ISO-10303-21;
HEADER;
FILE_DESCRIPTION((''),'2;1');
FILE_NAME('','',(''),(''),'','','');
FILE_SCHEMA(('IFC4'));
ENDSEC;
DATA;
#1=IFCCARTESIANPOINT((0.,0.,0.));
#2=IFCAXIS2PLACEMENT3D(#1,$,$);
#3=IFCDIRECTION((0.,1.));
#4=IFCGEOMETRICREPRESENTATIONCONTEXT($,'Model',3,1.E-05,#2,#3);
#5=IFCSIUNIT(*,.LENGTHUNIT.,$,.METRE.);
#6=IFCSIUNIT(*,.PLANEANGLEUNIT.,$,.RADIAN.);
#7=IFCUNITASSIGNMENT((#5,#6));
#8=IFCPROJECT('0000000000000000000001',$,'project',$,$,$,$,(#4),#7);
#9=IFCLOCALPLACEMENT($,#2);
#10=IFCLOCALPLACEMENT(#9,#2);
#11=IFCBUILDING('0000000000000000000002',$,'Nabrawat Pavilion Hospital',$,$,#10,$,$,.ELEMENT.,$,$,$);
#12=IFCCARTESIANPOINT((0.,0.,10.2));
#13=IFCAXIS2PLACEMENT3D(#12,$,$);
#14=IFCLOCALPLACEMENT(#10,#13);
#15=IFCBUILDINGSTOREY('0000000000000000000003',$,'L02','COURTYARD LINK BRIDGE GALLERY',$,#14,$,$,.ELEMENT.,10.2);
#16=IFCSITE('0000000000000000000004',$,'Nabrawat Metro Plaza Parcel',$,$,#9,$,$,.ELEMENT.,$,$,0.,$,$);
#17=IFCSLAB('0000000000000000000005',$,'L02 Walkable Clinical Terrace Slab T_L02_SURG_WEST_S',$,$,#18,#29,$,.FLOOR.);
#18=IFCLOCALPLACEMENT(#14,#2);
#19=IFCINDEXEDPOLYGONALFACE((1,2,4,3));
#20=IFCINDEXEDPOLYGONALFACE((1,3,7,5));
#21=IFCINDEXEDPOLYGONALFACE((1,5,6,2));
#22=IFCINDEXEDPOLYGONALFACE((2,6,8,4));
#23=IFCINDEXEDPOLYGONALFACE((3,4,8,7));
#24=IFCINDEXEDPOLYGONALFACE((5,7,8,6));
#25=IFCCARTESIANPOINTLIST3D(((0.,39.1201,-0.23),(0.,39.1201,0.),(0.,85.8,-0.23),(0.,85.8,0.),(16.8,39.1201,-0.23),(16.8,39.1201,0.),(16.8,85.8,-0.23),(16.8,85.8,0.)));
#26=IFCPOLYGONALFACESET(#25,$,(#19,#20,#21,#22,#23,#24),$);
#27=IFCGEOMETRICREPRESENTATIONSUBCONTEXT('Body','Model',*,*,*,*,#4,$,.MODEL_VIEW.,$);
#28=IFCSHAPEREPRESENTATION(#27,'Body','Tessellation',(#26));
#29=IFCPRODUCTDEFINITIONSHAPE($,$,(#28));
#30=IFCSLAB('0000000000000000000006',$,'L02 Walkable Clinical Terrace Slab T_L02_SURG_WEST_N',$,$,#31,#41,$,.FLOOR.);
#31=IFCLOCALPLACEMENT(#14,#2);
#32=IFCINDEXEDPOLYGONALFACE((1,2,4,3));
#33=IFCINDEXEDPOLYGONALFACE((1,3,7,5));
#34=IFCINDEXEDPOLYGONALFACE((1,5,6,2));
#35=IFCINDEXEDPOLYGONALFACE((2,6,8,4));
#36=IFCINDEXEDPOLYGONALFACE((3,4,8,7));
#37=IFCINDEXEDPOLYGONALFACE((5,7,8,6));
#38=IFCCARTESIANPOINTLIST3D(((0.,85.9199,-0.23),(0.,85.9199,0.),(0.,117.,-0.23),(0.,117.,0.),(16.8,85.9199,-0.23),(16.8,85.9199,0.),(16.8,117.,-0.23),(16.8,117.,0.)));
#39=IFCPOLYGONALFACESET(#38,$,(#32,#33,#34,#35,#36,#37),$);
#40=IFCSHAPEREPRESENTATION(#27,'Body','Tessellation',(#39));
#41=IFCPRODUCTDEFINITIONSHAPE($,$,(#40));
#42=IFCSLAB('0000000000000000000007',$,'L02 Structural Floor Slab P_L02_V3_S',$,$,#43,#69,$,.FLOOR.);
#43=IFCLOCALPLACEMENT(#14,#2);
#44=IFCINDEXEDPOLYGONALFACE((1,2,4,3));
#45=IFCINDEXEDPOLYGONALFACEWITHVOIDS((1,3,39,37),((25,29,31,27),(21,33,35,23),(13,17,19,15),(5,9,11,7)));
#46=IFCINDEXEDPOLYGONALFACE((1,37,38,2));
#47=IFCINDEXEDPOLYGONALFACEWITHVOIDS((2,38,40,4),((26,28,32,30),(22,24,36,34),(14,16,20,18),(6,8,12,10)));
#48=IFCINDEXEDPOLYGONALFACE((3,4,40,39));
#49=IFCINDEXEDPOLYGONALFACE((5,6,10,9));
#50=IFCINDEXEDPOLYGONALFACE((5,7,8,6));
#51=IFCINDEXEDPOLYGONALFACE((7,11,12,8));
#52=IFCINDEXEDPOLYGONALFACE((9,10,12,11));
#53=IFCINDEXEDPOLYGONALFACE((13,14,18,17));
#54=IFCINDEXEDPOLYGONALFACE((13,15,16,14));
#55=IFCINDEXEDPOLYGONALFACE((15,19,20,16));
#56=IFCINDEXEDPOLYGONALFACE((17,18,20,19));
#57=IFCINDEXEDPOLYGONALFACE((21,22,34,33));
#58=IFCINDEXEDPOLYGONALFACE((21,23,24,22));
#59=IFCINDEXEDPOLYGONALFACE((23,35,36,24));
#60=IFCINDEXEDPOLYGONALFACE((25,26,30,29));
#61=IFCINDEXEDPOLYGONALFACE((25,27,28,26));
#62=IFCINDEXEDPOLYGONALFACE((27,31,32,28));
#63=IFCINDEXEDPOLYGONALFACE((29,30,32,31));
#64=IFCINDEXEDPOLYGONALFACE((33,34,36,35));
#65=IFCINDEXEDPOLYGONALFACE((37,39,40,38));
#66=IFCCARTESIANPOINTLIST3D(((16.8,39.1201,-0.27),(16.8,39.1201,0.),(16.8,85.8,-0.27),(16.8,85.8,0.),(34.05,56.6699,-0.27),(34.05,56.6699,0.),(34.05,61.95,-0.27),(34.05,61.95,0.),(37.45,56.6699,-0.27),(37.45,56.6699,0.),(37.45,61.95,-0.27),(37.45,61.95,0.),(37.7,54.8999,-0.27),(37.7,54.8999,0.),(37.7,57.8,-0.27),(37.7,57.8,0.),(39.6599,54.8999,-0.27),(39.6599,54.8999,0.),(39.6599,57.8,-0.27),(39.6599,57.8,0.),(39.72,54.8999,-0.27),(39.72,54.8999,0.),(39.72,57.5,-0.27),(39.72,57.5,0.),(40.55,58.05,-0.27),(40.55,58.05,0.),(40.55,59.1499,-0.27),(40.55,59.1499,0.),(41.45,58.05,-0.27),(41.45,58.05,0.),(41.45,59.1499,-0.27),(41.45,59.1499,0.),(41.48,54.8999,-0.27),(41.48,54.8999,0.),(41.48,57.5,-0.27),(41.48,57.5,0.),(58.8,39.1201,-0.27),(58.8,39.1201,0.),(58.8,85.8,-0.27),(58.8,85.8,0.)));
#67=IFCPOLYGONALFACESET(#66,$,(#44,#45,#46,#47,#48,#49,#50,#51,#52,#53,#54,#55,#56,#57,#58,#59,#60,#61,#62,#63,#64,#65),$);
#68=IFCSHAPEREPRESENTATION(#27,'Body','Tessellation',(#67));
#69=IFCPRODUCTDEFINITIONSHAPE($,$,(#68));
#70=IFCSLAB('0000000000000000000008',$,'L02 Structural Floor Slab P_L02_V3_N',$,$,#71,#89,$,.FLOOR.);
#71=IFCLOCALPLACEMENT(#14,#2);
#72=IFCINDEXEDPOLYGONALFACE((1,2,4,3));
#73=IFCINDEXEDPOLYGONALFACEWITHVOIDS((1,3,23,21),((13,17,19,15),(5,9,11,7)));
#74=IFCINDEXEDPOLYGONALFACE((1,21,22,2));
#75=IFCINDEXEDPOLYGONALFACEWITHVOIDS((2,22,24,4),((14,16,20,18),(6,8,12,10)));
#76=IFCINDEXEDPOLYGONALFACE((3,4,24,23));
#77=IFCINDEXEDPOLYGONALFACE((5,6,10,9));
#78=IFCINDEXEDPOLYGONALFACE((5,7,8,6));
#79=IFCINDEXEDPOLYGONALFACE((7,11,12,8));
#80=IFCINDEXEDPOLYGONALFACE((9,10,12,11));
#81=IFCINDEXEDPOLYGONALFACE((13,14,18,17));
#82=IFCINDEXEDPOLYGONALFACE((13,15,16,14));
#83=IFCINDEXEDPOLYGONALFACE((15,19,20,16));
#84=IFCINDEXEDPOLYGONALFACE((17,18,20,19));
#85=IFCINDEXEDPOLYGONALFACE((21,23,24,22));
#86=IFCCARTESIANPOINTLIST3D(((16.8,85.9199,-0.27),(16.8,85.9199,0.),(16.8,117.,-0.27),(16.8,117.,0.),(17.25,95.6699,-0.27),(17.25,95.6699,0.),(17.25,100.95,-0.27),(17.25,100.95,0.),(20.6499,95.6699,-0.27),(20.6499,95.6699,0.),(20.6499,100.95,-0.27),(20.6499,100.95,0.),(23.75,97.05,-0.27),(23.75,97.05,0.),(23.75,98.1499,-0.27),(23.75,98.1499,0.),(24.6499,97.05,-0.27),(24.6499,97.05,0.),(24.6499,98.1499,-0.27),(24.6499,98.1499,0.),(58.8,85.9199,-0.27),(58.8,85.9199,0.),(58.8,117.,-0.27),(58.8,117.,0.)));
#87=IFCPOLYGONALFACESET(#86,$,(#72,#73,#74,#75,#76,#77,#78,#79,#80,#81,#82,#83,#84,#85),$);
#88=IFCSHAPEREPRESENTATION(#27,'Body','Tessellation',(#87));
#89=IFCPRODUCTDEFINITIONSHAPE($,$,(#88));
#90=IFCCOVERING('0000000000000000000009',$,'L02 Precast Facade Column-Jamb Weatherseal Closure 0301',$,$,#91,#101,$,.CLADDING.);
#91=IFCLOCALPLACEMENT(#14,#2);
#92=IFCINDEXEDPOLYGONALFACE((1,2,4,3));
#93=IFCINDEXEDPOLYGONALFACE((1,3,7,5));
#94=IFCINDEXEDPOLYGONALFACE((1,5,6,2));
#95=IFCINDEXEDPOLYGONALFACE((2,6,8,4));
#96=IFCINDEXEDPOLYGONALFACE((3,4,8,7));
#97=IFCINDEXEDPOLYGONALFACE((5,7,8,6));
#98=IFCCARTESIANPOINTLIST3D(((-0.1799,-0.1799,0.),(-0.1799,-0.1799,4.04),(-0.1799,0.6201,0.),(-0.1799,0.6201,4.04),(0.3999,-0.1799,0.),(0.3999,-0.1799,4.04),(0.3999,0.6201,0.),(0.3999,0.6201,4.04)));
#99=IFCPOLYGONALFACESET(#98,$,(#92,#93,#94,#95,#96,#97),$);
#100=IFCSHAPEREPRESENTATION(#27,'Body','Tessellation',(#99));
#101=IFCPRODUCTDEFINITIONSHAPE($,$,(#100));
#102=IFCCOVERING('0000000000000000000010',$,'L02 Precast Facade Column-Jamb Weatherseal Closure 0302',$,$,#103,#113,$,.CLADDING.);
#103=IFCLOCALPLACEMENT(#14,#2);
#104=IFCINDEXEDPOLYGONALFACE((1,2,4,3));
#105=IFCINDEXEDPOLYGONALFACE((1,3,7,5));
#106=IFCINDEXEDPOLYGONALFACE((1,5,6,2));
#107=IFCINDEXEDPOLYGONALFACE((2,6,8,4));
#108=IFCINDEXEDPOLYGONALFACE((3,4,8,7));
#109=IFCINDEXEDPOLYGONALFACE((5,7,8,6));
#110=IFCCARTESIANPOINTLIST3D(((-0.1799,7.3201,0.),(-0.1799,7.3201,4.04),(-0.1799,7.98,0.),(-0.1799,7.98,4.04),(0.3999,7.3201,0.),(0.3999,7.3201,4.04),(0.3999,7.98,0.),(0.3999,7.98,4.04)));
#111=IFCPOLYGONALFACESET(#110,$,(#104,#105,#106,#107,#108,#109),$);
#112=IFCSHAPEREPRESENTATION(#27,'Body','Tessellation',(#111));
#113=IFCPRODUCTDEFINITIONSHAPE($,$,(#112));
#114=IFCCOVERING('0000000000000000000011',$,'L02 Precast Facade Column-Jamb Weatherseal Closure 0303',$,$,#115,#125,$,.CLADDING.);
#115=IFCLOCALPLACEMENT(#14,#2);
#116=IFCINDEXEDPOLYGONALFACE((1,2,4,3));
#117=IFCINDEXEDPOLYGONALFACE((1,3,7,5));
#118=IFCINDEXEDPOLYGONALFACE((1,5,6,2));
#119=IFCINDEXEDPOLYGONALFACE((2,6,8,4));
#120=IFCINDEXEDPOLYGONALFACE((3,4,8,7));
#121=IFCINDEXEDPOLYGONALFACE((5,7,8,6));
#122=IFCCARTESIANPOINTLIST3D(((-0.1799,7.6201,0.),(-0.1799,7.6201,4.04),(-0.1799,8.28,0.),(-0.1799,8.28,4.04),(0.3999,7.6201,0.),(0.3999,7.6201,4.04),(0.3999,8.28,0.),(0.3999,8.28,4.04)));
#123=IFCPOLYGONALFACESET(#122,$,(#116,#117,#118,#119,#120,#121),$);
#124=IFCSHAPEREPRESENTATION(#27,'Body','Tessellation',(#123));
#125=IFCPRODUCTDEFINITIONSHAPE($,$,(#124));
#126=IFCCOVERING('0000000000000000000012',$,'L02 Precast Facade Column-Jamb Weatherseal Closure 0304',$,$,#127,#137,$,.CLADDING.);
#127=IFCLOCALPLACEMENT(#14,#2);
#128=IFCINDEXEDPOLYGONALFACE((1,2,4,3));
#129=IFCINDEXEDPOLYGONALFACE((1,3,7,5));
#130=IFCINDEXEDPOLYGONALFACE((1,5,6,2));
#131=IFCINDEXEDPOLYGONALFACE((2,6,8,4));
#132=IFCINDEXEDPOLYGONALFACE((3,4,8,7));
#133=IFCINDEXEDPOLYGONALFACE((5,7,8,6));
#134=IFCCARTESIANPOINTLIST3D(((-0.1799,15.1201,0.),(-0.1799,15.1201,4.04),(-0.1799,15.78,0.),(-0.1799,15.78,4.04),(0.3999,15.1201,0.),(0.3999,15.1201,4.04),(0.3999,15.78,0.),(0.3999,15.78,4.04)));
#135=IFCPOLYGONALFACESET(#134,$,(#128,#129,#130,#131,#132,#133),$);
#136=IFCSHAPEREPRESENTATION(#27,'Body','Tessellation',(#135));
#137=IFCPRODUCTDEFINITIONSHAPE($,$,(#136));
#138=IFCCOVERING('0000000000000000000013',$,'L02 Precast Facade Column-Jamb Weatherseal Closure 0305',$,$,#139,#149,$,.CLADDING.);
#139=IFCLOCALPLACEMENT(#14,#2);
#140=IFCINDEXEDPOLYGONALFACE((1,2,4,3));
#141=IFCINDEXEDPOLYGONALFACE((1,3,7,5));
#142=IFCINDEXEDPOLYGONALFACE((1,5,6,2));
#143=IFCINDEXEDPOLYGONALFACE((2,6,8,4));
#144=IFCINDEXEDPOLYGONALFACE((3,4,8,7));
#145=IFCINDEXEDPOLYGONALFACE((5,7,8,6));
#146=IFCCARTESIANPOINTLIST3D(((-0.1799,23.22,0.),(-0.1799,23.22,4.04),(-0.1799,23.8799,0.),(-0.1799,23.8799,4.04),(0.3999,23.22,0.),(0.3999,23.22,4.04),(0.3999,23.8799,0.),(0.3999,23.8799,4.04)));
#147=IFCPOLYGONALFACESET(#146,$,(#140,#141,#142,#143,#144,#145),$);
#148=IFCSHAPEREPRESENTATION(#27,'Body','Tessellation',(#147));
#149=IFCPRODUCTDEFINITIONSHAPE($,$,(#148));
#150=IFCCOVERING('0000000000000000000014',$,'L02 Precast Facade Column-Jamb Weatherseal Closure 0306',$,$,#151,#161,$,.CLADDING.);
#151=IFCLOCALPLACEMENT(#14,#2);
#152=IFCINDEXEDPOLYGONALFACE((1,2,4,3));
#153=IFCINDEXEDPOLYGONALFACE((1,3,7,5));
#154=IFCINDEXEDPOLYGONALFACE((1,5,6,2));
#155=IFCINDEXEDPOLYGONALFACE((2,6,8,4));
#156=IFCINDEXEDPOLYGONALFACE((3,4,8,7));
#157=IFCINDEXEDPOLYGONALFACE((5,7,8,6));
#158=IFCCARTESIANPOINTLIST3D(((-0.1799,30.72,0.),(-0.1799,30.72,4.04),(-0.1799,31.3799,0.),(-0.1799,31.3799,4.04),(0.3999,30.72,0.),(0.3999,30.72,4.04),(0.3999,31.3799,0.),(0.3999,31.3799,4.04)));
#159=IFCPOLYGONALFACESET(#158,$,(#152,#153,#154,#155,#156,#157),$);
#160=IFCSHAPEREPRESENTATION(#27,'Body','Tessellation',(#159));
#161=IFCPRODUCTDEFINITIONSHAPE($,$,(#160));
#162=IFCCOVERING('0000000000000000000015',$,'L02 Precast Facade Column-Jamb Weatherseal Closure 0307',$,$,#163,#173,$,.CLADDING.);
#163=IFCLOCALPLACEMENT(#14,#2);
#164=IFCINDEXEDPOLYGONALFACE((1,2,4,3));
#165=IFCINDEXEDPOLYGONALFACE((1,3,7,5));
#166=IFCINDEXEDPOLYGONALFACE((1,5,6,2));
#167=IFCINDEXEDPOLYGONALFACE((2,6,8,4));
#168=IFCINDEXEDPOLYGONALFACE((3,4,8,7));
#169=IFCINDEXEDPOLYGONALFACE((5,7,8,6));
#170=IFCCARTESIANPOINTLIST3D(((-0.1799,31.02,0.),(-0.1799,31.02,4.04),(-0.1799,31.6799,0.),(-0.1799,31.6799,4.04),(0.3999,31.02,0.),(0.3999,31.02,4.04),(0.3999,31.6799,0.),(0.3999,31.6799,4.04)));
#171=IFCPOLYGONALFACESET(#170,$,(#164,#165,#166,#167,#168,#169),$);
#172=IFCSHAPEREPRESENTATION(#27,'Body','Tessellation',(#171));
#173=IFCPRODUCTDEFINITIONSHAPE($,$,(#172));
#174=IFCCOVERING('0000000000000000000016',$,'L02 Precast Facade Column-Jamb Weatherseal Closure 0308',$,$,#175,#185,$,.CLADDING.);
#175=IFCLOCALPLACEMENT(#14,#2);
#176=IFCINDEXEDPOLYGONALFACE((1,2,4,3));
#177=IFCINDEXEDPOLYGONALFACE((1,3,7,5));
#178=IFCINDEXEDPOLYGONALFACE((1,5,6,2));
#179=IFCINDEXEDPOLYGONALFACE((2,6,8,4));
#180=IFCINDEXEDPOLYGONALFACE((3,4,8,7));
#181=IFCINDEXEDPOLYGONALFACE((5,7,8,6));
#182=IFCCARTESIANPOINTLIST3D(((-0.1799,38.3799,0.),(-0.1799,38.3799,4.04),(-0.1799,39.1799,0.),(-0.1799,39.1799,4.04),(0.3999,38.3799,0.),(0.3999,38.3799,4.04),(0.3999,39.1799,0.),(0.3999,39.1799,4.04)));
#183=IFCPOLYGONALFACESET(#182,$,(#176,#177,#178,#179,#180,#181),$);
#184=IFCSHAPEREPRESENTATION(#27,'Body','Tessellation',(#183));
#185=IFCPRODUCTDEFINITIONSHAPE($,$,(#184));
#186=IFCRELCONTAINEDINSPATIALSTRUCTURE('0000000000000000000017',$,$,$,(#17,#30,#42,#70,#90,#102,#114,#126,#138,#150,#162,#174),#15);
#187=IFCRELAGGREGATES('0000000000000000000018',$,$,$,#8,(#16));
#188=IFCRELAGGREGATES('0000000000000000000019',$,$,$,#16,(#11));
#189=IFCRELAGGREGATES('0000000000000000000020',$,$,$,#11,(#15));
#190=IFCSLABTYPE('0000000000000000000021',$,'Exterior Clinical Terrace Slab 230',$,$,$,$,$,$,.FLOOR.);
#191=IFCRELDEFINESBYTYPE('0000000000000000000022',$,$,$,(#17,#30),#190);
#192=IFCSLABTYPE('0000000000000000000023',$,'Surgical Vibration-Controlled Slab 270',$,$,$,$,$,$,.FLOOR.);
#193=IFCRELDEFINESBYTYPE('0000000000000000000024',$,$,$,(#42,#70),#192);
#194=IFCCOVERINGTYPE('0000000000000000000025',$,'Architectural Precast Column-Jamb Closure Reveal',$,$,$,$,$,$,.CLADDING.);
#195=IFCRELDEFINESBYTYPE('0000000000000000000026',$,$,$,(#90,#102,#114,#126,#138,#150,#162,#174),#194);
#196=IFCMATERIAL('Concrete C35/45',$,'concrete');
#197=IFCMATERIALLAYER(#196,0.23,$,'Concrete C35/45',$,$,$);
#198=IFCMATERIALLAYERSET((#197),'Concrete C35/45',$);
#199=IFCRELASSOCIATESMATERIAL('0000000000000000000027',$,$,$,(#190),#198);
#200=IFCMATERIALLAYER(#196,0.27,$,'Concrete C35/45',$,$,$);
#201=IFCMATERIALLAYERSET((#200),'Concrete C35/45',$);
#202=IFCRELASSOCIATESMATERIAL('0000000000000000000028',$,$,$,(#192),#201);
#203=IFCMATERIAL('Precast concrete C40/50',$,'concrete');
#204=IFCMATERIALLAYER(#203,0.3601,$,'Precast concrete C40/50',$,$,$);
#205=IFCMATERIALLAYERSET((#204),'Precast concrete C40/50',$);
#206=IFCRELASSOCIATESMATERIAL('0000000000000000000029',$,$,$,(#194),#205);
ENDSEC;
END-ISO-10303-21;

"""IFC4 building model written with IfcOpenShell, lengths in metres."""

from ifc_helpers import new_model, si_unit, direction, frame, origin, place, context, subcontext, project, spatial, polyline, outline, extrude, material, layer, layer_set, type_object, element, save


model = new_model("IFC4")

# Units and contexts
model_context = context("Model", 3, precision=1e-05, world=origin(), true_north=direction((0.0, 1.0)))
body_context = subcontext(model_context, "Body", "Model", "MODEL_VIEW")
ifc_project = project(units=[si_unit("LENGTHUNIT", "METRE"), si_unit("PLANEANGLEUNIT", "RADIAN")], contexts=[model_context])

# Site, building, storey
site_placement = place(None, origin())
site = spatial("IfcSite", under=ifc_project, at=site_placement, Name="Nabrawat Metro Plaza Parcel", CompositionType="ELEMENT", RefElevation=0.0)
building_placement = place(site_placement, origin())
building = spatial("IfcBuilding", under=site, at=building_placement, Name="Nabrawat Pavilion Hospital", CompositionType="ELEMENT")
storey_placement = place(building_placement, frame((0.0, 0.0, 10.2)))
storey = spatial("IfcBuildingStorey", under=building, at=storey_placement, Name="L02", Description="COURTYARD LINK BRIDGE GALLERY", CompositionType="ELEMENT", Elevation=10.2)

# Slabs
ifc_material_1 = material(Name="Precast concrete C40/50", Category="concrete")
ifc_material_2 = material(Name="Concrete C35/45", Category="concrete")
ifc_layer_1 = layer(ifc_material_2, 0.23, Name="Concrete C35/45")
ifc_layer_set_1 = layer_set([ifc_layer_1], Name="Concrete C35/45")
slab_type_1 = type_object("IfcSlabType", Name="Exterior Clinical Terrace Slab 230", PredefinedType="FLOOR", material=ifc_layer_set_1)
slab_1_placement = place(storey_placement, frame((0.0, 0.0, -0.23)))
element("IfcSlab", 1, at=slab_1_placement, inside=storey, type_object=slab_type_1, Name="L02 Walkable Clinical Terrace Slab T_L02_SURG_WEST_S", PredefinedType="FLOOR", context=body_context, shape_type="SweptSolid", body=[
    extrude(outline(polyline([(16.8, 39.1201), (16.8, 85.8), (0.0, 85.8), (0.0, 39.1201), (16.8, 39.1201)])), origin(), (0.0, 0.0, 1.0), 0.23),
])
slab_2_placement = place(storey_placement, frame((0.0, 0.0, -0.23)))
element("IfcSlab", 2, at=slab_2_placement, inside=storey, type_object=slab_type_1, Name="L02 Walkable Clinical Terrace Slab T_L02_SURG_WEST_N", PredefinedType="FLOOR", context=body_context, shape_type="SweptSolid", body=[
    extrude(outline(polyline([(16.8, 85.9199), (16.8, 117.0), (0.0, 117.0), (0.0, 85.9199), (16.8, 85.9199)])), origin(), (0.0, 0.0, 1.0), 0.23),
])
ifc_layer_2 = layer(ifc_material_2, 0.27, Name="Concrete C35/45")
ifc_layer_set_2 = layer_set([ifc_layer_2], Name="Concrete C35/45")
slab_type_2 = type_object("IfcSlabType", Name="Surgical Vibration-Controlled Slab 270", PredefinedType="FLOOR", material=ifc_layer_set_2)
slab_3_placement = place(storey_placement, frame((0.0, 0.0, -0.27)))
element("IfcSlab", 3, at=slab_3_placement, inside=storey, type_object=slab_type_2, Name="L02 Structural Floor Slab P_L02_V3_S", PredefinedType="FLOOR", context=body_context, shape_type="SweptSolid", body=[
    extrude(outline(polyline([(16.8, 39.1201), (58.8, 39.1201), (58.8, 85.8), (16.8, 85.8), (16.8, 39.1201)]), holes=[polyline([(39.72, 54.8999), (39.72, 57.5), (41.48, 57.5), (41.48, 54.8999), (39.72, 54.8999)]), polyline([(40.55, 58.05), (40.55, 59.1499), (41.45, 59.1499), (41.45, 58.05), (40.55, 58.05)]), polyline([(37.7, 54.8999), (37.7, 57.8), (39.6599, 57.8), (39.6599, 54.8999), (37.7, 54.8999)]), polyline([(37.45, 56.6699), (34.05, 56.6699), (34.05, 61.95), (37.45, 61.95), (37.45, 56.6699)])]), origin(), (0.0, 0.0, 1.0), 0.27),
])
slab_4_placement = place(storey_placement, frame((0.0, 0.0, -0.27)))
element("IfcSlab", 4, at=slab_4_placement, inside=storey, type_object=slab_type_2, Name="L02 Structural Floor Slab P_L02_V3_N", PredefinedType="FLOOR", context=body_context, shape_type="SweptSolid", body=[
    extrude(outline(polyline([(16.8, 85.9199), (58.8, 85.9199), (58.8, 117.0), (16.8, 117.0), (16.8, 85.9199)]), holes=[polyline([(24.6499, 98.1499), (24.6499, 97.05), (23.75, 97.05), (23.75, 98.1499), (24.6499, 98.1499)]), polyline([(17.25, 100.95), (20.6499, 100.95), (20.6499, 95.6699), (17.25, 95.6699), (17.25, 100.95)])]), origin(), (0.0, 0.0, 1.0), 0.27),
])

# Coverings
ifc_layer_3 = layer(ifc_material_1, 0.3601, Name="Precast concrete C40/50")
ifc_layer_set_3 = layer_set([ifc_layer_3], Name="Precast concrete C40/50")
covering_type = type_object("IfcCoveringType", Name="Architectural Precast Column-Jamb Closure Reveal", PredefinedType="CLADDING", material=ifc_layer_set_3)
covering_1_placement = place(storey_placement, origin())
element("IfcCovering", 5, at=covering_1_placement, inside=storey, type_object=covering_type, Name="L02 Precast Facade Column-Jamb Weatherseal Closure 0301", PredefinedType="CLADDING", context=body_context, shape_type="SweptSolid", body=[
    extrude(outline(polyline([(0.3999, -0.1799), (0.3999, 0.6201), (-0.1799, 0.6201), (-0.1799, -0.1799), (0.3999, -0.1799)])), origin(), (0.0, 0.0, 1.0), 4.04),
])
covering_2_placement = place(storey_placement, origin())
element("IfcCovering", 6, at=covering_2_placement, inside=storey, type_object=covering_type, Name="L02 Precast Facade Column-Jamb Weatherseal Closure 0302", PredefinedType="CLADDING", context=body_context, shape_type="SweptSolid", body=[
    extrude(outline(polyline([(0.3999, 7.3201), (0.3999, 7.98), (-0.1799, 7.98), (-0.1799, 7.3201), (0.3999, 7.3201)])), origin(), (0.0, 0.0, 1.0), 4.04),
])
covering_3_placement = place(storey_placement, origin())
element("IfcCovering", 7, at=covering_3_placement, inside=storey, type_object=covering_type, Name="L02 Precast Facade Column-Jamb Weatherseal Closure 0303", PredefinedType="CLADDING", context=body_context, shape_type="SweptSolid", body=[
    extrude(outline(polyline([(0.3999, 7.6201), (0.3999, 8.28), (-0.1799, 8.28), (-0.1799, 7.6201), (0.3999, 7.6201)])), origin(), (0.0, 0.0, 1.0), 4.04),
])
covering_4_placement = place(storey_placement, origin())
element("IfcCovering", 8, at=covering_4_placement, inside=storey, type_object=covering_type, Name="L02 Precast Facade Column-Jamb Weatherseal Closure 0304", PredefinedType="CLADDING", context=body_context, shape_type="SweptSolid", body=[
    extrude(outline(polyline([(0.3999, 15.1201), (0.3999, 15.78), (-0.1799, 15.78), (-0.1799, 15.1201), (0.3999, 15.1201)])), origin(), (0.0, 0.0, 1.0), 4.04),
])
covering_5_placement = place(storey_placement, origin())
element("IfcCovering", 9, at=covering_5_placement, inside=storey, type_object=covering_type, Name="L02 Precast Facade Column-Jamb Weatherseal Closure 0305", PredefinedType="CLADDING", context=body_context, shape_type="SweptSolid", body=[
    extrude(outline(polyline([(0.3999, 23.22), (0.3999, 23.8799), (-0.1799, 23.8799), (-0.1799, 23.22), (0.3999, 23.22)])), origin(), (0.0, 0.0, 1.0), 4.04),
])
covering_6_placement = place(storey_placement, origin())
element("IfcCovering", 10, at=covering_6_placement, inside=storey, type_object=covering_type, Name="L02 Precast Facade Column-Jamb Weatherseal Closure 0306", PredefinedType="CLADDING", context=body_context, shape_type="SweptSolid", body=[
    extrude(outline(polyline([(0.3999, 30.72), (0.3999, 31.3799), (-0.1799, 31.3799), (-0.1799, 30.72), (0.3999, 30.72)])), origin(), (0.0, 0.0, 1.0), 4.04),
])
covering_7_placement = place(storey_placement, origin())
element("IfcCovering", 11, at=covering_7_placement, inside=storey, type_object=covering_type, Name="L02 Precast Facade Column-Jamb Weatherseal Closure 0307", PredefinedType="CLADDING", context=body_context, shape_type="SweptSolid", body=[
    extrude(outline(polyline([(0.3999, 31.02), (0.3999, 31.6799), (-0.1799, 31.6799), (-0.1799, 31.02), (0.3999, 31.02)])), origin(), (0.0, 0.0, 1.0), 4.04),
])
covering_8_placement = place(storey_placement, origin())
element("IfcCovering", 12, at=covering_8_placement, inside=storey, type_object=covering_type, Name="L02 Precast Facade Column-Jamb Weatherseal Closure 0308", PredefinedType="CLADDING", context=body_context, shape_type="SweptSolid", body=[
    extrude(outline(polyline([(0.3999, 38.3799), (0.3999, 39.1799), (-0.1799, 39.1799), (-0.1799, 38.3799), (0.3999, 38.3799)])), origin(), (0.0, 0.0, 1.0), 4.04),
])

save(model, "model.ifc")
